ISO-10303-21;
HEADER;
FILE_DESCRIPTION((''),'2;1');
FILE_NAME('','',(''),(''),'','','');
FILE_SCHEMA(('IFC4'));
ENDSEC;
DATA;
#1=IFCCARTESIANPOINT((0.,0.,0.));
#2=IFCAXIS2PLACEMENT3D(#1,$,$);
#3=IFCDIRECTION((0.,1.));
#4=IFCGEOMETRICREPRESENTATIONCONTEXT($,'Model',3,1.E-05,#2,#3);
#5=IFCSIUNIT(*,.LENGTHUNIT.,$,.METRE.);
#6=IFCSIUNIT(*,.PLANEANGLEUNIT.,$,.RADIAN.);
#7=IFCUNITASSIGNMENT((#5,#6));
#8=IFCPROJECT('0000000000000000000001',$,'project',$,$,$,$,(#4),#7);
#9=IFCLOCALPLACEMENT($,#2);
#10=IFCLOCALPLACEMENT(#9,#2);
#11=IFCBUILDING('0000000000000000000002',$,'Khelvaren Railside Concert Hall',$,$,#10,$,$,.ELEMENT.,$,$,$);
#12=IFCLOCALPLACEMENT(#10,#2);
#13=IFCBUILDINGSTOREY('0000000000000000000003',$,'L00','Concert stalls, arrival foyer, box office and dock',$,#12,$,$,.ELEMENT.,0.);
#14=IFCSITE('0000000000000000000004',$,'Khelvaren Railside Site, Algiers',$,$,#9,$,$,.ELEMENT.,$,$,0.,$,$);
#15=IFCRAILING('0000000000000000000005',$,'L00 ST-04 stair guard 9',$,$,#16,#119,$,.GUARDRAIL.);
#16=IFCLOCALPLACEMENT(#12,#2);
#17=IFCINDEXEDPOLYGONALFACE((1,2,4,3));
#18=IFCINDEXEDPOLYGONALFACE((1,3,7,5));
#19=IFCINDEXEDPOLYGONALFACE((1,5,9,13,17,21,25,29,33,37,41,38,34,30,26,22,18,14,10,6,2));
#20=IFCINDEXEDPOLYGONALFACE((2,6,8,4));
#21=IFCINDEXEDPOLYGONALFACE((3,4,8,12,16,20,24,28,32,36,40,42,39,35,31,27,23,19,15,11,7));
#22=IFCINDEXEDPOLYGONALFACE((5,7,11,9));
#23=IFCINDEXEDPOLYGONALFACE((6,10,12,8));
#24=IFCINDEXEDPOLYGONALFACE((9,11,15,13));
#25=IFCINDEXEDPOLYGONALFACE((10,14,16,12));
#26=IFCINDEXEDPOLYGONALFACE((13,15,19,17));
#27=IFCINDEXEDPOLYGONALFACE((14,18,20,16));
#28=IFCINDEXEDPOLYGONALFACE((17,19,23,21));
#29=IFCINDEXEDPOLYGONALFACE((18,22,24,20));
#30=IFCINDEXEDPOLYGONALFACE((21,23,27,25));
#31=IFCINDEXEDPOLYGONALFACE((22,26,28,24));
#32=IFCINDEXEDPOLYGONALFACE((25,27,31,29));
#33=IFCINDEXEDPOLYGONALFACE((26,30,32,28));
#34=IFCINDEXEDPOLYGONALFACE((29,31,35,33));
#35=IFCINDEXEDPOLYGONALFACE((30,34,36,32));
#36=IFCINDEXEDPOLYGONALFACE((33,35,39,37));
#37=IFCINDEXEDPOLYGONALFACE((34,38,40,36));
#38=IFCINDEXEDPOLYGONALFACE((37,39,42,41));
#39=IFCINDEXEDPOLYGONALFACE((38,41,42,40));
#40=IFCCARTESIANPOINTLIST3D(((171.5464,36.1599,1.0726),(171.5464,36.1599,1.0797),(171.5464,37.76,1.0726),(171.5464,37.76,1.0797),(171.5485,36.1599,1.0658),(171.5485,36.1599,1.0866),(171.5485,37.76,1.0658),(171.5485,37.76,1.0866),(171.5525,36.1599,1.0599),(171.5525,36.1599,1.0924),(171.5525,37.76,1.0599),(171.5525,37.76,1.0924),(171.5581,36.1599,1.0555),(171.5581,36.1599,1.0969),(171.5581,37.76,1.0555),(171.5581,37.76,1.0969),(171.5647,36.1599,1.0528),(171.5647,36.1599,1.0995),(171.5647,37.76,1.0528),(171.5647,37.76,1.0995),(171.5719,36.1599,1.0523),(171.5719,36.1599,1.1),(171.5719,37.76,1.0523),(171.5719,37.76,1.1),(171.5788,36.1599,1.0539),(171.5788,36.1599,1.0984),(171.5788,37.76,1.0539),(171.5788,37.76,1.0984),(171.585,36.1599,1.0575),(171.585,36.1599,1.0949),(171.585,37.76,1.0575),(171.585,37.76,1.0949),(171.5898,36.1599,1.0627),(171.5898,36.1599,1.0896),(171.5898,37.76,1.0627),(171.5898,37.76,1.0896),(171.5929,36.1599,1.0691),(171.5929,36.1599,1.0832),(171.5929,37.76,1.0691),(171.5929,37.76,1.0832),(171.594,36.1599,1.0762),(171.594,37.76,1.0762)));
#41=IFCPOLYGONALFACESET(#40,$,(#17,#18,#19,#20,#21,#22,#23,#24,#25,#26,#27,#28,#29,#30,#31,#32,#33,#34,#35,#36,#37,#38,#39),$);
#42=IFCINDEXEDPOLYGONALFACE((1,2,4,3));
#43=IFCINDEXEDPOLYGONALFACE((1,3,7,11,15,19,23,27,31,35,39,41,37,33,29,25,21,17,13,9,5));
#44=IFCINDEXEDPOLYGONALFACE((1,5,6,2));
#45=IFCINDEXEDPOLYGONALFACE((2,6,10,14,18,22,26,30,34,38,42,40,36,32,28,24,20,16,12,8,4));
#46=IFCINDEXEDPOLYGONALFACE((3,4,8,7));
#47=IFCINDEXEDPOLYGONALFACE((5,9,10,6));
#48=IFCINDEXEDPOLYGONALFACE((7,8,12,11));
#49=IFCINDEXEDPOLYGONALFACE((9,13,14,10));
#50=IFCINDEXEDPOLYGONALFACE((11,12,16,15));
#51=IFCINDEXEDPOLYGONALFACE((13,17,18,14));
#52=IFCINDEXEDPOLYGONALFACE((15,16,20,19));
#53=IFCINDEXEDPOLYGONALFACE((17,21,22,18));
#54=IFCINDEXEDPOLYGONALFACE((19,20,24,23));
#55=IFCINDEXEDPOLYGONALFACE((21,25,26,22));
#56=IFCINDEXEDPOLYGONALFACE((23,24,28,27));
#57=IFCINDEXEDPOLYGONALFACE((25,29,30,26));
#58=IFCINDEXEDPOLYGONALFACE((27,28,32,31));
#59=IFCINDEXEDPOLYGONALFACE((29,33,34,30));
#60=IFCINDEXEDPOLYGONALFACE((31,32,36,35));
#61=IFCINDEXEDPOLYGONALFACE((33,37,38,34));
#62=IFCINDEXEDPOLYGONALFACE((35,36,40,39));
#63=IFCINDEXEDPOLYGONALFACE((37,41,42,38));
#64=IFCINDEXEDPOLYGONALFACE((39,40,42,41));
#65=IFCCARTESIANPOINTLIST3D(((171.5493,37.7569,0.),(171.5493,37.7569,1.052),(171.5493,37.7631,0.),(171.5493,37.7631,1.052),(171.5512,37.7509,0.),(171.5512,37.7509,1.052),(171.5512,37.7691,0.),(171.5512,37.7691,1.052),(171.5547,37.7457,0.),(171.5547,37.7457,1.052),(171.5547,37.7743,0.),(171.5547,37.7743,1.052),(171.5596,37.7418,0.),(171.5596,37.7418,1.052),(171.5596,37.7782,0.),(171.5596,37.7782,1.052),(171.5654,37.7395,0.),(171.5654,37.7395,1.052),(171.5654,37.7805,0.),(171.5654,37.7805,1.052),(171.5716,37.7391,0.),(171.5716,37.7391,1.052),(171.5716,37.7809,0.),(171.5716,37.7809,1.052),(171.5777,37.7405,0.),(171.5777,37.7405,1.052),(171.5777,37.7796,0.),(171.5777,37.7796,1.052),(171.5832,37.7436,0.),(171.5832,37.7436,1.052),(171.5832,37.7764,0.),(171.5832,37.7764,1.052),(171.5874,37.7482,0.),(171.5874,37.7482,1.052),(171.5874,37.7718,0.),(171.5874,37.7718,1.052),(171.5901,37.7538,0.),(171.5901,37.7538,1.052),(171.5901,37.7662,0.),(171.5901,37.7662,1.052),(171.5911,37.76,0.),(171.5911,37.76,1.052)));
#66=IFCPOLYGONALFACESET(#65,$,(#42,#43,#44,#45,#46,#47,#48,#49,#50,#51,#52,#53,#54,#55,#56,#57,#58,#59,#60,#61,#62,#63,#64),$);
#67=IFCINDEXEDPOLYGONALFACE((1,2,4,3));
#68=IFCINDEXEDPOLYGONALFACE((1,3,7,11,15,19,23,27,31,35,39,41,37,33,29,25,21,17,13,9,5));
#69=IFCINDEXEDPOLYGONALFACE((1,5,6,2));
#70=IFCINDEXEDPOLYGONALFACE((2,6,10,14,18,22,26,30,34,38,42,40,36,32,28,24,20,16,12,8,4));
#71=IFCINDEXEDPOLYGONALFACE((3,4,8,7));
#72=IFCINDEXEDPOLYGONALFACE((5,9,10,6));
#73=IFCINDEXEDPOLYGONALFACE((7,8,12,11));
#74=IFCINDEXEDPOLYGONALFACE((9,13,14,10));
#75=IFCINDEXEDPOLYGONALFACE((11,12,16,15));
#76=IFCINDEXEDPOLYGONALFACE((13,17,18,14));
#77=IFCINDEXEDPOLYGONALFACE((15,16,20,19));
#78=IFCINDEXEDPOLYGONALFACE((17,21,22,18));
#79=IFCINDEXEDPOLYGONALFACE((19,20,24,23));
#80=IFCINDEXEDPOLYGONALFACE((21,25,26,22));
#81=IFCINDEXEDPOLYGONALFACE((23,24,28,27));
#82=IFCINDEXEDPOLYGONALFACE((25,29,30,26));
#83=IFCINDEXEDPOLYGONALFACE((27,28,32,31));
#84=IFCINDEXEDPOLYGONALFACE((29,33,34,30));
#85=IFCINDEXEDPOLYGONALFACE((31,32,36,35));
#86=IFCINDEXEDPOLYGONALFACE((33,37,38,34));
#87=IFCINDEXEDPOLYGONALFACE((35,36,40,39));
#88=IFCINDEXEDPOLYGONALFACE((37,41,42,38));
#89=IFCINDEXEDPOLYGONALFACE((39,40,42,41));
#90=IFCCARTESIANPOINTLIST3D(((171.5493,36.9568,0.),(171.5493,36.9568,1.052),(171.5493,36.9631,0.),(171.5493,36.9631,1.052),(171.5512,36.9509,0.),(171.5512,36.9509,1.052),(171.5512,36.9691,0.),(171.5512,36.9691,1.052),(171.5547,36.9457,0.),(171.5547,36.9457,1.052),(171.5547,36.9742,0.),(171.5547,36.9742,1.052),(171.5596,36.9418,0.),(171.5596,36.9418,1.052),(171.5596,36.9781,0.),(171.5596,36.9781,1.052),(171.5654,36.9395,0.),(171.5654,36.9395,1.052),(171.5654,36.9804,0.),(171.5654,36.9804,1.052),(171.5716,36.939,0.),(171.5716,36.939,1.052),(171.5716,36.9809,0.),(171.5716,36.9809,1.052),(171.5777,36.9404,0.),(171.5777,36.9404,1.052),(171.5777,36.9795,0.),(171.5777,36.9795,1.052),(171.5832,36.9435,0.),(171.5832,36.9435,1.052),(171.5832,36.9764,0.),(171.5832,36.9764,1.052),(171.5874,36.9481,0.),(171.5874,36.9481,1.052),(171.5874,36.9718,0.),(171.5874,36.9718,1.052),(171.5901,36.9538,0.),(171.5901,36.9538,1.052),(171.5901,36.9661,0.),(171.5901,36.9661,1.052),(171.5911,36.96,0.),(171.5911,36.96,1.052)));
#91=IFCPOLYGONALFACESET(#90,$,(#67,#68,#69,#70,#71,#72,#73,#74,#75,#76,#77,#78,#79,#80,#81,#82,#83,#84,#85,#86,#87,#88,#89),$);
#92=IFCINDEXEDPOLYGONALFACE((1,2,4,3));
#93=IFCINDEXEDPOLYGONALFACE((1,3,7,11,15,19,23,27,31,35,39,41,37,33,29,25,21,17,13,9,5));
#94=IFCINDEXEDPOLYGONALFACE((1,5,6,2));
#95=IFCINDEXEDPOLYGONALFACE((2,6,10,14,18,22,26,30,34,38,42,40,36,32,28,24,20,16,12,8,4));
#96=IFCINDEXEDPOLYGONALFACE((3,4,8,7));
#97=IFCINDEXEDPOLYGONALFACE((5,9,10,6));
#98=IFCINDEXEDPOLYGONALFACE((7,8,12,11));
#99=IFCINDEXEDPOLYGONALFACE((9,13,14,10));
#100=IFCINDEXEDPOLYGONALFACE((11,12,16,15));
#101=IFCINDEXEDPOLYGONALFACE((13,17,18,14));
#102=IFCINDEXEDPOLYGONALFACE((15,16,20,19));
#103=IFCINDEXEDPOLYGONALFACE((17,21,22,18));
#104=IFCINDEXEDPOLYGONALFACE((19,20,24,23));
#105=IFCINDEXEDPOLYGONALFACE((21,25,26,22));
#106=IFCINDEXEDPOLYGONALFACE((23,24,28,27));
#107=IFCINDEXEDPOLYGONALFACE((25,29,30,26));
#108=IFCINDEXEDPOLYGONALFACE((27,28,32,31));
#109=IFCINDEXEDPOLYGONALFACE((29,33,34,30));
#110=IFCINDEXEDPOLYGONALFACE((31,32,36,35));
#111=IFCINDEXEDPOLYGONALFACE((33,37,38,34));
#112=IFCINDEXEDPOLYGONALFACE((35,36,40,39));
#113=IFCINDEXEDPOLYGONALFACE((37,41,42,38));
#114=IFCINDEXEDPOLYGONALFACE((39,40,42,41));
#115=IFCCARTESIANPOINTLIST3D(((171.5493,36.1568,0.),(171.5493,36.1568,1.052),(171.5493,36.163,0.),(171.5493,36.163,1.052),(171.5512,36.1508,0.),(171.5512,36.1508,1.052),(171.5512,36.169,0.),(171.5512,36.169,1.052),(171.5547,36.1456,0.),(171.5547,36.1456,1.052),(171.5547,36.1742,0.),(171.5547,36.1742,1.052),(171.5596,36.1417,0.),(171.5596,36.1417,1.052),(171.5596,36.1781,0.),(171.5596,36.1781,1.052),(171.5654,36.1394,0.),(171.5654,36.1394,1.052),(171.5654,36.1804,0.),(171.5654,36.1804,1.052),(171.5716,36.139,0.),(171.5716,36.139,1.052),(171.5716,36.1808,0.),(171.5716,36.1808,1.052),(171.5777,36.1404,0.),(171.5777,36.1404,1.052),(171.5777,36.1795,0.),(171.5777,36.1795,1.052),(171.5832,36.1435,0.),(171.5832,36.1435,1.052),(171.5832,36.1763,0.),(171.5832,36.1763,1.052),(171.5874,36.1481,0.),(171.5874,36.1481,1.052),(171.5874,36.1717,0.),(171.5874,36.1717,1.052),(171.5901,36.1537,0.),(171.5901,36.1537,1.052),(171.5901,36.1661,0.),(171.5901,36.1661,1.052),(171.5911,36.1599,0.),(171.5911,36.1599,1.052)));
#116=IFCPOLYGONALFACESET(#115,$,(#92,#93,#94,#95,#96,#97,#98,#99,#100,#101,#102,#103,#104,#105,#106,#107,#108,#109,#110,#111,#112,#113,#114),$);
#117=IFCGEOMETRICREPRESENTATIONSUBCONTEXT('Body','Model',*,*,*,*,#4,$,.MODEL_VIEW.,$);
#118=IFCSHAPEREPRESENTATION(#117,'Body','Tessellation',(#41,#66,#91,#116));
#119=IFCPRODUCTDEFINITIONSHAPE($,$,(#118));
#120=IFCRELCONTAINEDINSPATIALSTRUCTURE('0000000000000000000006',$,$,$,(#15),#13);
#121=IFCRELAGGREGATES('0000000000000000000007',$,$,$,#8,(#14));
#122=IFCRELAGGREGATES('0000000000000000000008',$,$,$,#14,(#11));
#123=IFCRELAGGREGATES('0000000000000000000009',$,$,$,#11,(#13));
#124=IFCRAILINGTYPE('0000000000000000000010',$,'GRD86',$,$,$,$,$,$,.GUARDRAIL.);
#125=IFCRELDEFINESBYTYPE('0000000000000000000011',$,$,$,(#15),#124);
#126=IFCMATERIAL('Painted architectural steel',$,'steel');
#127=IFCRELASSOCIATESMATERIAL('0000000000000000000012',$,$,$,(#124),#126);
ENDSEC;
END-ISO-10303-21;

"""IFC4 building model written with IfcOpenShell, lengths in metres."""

from ifc_helpers import new_model, si_unit, direction, frame, origin, origin_2d, place, context, subcontext, project, spatial, circle, extrude, material, type_object, element, save


model = new_model("IFC4")

# Units and contexts
model_context = context("Model", 3, precision=1e-05, world=origin(), true_north=direction((0.0, 1.0)))
body_context = subcontext(model_context, "Body", "Model", "MODEL_VIEW")
ifc_project = project(units=[si_unit("LENGTHUNIT", "METRE"), si_unit("PLANEANGLEUNIT", "RADIAN")], contexts=[model_context])

# Site, building, storey
site_placement = place(None, origin())
site = spatial("IfcSite", under=ifc_project, at=site_placement, Name="Khelvaren Railside Site, Algiers", CompositionType="ELEMENT", RefElevation=0.0)
building_placement = place(site_placement, origin())
building = spatial("IfcBuilding", under=site, at=building_placement, Name="Khelvaren Railside Concert Hall", CompositionType="ELEMENT")
storey_placement = place(building_placement, origin())
storey = spatial("IfcBuildingStorey", under=building, at=storey_placement, Name="L00", Description="Concert stalls, arrival foyer, box office and dock", CompositionType="ELEMENT", Elevation=0.0)

# Railing
ifc_material_1 = material(Name="Painted architectural steel", Category="steel")
railing_type_1 = type_object("IfcRailingType", Name="GRD86", PredefinedType="GUARDRAIL", material=ifc_material_1)
for number, where, name in (
    (1, (171.5701, 37.76, 0.0), "L00 ST-04 stair guard 9"),
):
    element("IfcRailing", number, at=place(storey_placement, frame(where)), inside=storey, type_object=railing_type_1, Name=name, PredefinedType="GUARDRAIL", context=body_context, shape_type="SweptSolid", body=[
        extrude(circle(Radius=0.0239, at=origin_2d()), frame((0.0, 0.0, 1.0762), z_axis=(0.0, -1.0, 0.0), x_axis=(1.0, 0.0, 0.0)), (0.0, 0.0, 1.0), 1.6001),
        extrude(circle(Radius=0.021, at=origin_2d()), origin(), (0.0, 0.0, 1.0), 1.052),
        extrude(circle(Radius=0.021, at=origin_2d()), frame((0.0, -0.8, 0.0)), (0.0, 0.0, 1.0), 1.052),
        extrude(circle(Radius=0.021, at=origin_2d()), frame((0.0, -1.6001, 0.0)), (0.0, 0.0, 1.0), 1.052),
    ])

save(model, "model.ifc")
